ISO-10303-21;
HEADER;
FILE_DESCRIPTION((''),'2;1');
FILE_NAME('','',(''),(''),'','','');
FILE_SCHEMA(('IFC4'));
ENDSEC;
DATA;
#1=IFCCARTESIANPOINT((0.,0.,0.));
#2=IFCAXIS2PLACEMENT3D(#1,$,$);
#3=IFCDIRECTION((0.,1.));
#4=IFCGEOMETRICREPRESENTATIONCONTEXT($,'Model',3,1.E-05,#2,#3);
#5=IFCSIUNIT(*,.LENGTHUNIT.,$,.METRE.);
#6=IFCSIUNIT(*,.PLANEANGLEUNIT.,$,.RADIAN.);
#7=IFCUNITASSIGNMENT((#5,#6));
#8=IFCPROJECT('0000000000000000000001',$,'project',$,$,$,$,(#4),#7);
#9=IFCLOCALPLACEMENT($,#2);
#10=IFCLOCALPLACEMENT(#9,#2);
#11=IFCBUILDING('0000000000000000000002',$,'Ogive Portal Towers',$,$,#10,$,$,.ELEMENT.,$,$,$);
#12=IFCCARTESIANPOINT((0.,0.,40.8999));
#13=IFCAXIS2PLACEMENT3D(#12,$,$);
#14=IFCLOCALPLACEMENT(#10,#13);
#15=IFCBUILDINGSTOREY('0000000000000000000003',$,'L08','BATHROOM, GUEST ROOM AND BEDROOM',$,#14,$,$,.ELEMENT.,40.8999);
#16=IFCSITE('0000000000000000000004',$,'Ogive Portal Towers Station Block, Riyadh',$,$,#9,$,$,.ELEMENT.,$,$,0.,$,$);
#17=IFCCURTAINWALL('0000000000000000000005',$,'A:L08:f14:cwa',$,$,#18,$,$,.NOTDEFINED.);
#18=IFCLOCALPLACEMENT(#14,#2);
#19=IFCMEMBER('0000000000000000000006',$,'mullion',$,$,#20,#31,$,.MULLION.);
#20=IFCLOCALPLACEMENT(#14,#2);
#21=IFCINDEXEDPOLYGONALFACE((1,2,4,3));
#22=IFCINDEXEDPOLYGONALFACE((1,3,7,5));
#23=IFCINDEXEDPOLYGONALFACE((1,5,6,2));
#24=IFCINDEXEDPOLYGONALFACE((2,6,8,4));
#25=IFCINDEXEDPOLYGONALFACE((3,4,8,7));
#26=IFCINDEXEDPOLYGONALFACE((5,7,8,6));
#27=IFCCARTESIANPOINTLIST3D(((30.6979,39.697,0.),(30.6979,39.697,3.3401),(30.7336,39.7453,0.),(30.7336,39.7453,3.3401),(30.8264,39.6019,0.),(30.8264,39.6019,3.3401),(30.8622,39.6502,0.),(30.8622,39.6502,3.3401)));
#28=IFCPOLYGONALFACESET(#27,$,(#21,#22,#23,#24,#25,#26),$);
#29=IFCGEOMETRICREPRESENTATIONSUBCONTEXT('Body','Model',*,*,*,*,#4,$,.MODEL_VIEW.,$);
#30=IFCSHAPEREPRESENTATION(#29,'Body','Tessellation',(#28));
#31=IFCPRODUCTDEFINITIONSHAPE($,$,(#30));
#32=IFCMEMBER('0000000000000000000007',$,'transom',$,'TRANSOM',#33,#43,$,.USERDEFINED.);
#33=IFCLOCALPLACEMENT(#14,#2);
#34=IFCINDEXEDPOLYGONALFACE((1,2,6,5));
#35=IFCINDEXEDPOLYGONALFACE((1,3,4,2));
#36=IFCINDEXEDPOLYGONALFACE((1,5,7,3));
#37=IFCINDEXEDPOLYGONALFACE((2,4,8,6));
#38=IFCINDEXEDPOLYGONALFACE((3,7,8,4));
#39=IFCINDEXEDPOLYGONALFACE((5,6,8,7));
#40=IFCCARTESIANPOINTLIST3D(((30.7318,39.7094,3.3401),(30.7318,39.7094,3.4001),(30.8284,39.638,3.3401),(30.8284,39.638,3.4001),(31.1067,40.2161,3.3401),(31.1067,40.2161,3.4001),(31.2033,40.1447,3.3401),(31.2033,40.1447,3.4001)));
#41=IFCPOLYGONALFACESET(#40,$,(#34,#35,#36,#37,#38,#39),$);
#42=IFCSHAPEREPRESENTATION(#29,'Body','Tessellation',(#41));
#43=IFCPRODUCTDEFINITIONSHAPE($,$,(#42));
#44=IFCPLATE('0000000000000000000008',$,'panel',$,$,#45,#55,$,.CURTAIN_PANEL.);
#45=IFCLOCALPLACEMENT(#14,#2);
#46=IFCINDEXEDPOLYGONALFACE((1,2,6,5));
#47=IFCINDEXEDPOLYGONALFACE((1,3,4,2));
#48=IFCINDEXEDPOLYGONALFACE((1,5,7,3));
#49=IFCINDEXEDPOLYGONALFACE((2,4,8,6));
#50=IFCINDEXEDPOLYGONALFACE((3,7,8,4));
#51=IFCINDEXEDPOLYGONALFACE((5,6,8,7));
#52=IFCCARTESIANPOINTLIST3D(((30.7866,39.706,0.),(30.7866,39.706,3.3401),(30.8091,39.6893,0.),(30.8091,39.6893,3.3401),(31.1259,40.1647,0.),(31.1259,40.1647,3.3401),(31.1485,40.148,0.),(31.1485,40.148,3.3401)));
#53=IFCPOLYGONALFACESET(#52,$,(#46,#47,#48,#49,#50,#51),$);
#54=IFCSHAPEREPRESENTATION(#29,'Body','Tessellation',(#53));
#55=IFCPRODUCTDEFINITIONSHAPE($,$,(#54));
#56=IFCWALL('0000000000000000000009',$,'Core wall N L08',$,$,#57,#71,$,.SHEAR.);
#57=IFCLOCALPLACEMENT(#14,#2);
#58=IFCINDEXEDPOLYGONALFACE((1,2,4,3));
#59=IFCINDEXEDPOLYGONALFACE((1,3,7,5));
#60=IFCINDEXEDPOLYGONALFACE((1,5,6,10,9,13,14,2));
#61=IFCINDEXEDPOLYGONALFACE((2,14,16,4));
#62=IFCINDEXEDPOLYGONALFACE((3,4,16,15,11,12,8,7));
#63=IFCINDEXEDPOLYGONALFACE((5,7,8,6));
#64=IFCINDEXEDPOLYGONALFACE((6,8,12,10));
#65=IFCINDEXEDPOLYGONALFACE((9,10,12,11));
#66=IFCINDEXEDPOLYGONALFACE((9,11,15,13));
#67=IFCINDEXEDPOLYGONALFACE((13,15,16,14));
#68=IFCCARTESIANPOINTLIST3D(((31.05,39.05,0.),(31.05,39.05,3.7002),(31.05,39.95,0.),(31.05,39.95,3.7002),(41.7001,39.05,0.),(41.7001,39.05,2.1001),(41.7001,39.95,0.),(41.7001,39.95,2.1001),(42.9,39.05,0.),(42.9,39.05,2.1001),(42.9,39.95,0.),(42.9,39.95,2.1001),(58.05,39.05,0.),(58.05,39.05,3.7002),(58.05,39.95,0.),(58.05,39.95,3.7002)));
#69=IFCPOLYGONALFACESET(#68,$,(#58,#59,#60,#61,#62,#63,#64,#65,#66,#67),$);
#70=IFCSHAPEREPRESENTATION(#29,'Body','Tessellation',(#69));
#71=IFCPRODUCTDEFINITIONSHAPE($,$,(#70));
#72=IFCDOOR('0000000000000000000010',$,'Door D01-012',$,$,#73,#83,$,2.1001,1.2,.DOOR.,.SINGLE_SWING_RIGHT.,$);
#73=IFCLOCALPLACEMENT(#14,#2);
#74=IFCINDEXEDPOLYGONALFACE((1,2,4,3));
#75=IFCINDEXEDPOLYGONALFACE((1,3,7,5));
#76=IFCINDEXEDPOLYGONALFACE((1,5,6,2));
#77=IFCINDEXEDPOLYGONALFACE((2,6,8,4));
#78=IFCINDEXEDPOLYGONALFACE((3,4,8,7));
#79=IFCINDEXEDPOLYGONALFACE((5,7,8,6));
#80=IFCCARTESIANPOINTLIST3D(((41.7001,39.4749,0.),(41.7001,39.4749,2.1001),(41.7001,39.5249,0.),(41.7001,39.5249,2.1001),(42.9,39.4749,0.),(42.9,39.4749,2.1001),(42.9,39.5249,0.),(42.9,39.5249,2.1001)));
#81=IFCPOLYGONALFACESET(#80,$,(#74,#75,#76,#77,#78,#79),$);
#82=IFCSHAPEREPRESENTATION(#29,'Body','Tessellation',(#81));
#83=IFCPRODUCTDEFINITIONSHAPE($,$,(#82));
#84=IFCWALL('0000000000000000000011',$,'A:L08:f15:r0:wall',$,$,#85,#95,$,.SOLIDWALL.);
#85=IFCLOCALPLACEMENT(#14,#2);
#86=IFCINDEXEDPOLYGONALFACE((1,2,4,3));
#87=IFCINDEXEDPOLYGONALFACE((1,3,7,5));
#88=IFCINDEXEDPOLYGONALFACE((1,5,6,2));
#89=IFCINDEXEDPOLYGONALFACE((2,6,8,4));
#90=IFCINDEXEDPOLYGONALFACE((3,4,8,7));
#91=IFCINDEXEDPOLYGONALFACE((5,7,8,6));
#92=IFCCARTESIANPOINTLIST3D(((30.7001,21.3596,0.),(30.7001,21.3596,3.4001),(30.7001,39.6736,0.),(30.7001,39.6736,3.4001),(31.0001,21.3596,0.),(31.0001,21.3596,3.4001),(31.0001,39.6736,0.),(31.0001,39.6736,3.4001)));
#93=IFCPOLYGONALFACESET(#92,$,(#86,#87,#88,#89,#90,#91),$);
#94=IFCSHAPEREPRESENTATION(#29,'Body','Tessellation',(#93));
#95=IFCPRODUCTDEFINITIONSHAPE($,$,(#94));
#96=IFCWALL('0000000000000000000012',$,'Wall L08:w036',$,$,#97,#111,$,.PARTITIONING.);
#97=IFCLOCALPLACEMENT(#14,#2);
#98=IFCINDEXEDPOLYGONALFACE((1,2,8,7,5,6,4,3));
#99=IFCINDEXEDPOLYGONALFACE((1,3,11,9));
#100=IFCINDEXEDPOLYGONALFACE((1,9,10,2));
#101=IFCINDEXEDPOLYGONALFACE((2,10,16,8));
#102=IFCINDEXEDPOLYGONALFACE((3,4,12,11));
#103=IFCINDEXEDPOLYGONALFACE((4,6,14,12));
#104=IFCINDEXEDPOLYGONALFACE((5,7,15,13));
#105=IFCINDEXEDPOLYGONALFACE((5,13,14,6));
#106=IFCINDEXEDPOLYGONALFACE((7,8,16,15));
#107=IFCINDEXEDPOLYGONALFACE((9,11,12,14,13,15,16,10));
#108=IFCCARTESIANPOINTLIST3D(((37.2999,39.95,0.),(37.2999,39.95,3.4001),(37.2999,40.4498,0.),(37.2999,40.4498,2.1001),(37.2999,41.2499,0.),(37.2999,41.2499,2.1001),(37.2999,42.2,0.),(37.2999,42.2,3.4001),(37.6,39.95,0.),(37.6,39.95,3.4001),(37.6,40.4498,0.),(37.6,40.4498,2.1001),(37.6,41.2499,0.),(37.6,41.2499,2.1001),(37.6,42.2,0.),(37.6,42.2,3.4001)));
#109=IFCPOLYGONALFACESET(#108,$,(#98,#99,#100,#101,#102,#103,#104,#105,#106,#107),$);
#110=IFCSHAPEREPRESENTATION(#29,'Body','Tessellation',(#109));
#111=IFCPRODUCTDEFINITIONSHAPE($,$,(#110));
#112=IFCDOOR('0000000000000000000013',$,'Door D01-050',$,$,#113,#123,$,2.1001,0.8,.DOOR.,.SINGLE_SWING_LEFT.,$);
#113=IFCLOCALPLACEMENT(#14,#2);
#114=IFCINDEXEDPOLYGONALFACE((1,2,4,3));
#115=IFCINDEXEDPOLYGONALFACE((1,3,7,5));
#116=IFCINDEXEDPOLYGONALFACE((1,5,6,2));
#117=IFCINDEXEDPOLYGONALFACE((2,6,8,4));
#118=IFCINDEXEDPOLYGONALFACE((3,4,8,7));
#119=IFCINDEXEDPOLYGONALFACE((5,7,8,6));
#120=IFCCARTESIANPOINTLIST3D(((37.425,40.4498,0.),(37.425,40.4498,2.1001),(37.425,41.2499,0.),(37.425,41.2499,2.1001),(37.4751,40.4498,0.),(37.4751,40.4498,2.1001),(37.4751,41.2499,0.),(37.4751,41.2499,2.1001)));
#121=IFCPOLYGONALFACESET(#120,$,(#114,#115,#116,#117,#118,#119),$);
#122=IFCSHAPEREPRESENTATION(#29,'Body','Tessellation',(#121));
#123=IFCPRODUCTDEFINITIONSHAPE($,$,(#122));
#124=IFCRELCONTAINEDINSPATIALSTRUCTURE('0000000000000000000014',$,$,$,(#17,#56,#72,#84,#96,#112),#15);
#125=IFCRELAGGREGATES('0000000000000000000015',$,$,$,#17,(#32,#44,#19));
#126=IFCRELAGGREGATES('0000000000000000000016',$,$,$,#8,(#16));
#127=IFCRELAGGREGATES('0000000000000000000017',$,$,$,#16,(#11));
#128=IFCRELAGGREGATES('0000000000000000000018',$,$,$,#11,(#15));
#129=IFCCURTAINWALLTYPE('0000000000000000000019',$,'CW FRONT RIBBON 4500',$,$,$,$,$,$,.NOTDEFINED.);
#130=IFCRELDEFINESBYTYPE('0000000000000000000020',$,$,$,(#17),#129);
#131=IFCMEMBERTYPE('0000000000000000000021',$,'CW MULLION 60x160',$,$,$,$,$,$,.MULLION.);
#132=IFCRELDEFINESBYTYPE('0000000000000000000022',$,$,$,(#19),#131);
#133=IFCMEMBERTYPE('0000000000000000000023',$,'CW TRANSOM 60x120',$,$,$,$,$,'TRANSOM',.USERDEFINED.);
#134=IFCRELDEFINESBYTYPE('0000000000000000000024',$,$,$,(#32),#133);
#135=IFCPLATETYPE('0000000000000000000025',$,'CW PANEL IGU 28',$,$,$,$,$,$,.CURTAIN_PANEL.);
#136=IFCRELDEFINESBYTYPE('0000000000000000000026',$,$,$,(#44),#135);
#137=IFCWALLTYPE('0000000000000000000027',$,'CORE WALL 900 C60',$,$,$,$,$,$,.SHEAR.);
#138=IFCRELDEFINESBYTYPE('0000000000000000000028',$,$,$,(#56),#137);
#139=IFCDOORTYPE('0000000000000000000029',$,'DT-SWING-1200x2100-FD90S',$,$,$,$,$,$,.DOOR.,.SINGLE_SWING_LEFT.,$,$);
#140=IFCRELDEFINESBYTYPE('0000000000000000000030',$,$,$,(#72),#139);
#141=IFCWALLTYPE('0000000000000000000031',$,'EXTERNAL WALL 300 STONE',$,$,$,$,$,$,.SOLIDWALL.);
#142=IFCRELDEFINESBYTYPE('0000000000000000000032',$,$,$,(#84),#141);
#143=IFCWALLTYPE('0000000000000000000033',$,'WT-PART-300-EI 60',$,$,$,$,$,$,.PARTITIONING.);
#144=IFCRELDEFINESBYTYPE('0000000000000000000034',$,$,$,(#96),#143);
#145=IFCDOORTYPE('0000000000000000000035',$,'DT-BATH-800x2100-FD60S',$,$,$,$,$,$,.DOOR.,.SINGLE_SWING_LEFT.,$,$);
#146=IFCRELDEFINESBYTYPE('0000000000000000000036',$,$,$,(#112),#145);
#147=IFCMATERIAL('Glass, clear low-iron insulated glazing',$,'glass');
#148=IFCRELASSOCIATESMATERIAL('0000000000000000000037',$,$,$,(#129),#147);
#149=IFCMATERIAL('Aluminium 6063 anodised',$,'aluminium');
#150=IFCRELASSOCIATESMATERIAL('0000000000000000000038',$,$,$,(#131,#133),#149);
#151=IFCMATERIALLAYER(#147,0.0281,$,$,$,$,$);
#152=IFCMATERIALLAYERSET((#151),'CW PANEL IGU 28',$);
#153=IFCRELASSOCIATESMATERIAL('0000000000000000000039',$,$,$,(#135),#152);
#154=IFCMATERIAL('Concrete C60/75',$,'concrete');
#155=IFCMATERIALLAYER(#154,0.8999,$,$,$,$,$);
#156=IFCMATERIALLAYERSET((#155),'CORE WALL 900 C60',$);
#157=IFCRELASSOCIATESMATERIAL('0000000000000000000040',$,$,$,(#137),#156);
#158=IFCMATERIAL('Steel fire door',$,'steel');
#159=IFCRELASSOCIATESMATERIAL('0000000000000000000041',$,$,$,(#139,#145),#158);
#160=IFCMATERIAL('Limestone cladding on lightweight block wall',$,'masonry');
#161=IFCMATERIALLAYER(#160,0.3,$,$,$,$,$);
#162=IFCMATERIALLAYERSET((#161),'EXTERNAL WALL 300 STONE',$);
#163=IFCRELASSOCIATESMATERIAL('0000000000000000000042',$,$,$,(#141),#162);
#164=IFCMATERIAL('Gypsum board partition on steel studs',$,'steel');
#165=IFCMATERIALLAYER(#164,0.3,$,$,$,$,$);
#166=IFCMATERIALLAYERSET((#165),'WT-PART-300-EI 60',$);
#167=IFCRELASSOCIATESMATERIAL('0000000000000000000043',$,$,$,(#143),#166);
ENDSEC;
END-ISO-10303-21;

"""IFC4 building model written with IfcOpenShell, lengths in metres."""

from ifc_helpers import new_model, si_unit, direction, frame, frame_2d, origin, origin_2d, place, context, subcontext, project, spatial, rectangle, extrude, material, layer, layer_set, material_profile, profile_set, type_object, element, fill, aggregate, save


model = new_model("IFC4")

# Units and contexts
model_context = context("Model", 3, precision=1e-05, world=origin(), true_north=direction((0.0, 1.0)))
body_context = subcontext(model_context, "Body", "Model", "MODEL_VIEW")
ifc_project = project(units=[si_unit("LENGTHUNIT", "METRE"), si_unit("PLANEANGLEUNIT", "RADIAN")], contexts=[model_context])

# Site, building, storey
site_placement = place(None, origin())
site = spatial("IfcSite", under=ifc_project, at=site_placement, Name="Ogive Portal Towers Station Block, Riyadh", CompositionType="ELEMENT", RefElevation=0.0)
building_placement = place(site_placement, origin())
building = spatial("IfcBuilding", under=site, at=building_placement, Name="Ogive Portal Towers", CompositionType="ELEMENT")
storey_placement = place(building_placement, frame((0.0, 0.0, 40.8999)))
storey = spatial("IfcBuildingStorey", under=building, at=storey_placement, Name="L08", Description="BATHROOM, GUEST ROOM AND BEDROOM", CompositionType="ELEMENT", Elevation=40.8999)

# Curtain wall, members, plate
ifc_material_1 = material(Name="Glass, clear low-iron insulated glazing", Category="glass")
curtain_wall_type = type_object("IfcCurtainWallType", Name="CW FRONT RIBBON 4500", PredefinedType="NOTDEFINED", material=ifc_material_1)
curtain_wall_placement = place(storey_placement, origin())
curtain_wall = element("IfcCurtainWall", 1, at=curtain_wall_placement, inside=storey, type_object=curtain_wall_type, Name="A:L08:f14:cwa", PredefinedType="NOTDEFINED")
ifc_material_2 = material(Name="Aluminium 6063 anodised", Category="aluminium")
ifc_material_profile_1 = material_profile(ifc_material_2, rectangle(XDim=0.1599, YDim=0.0601, at=origin_2d()), Name="AL 60x160")
ifc_profile_set_1 = profile_set([ifc_material_profile_1], Name="Aluminium 6063 anodised")
member_type_1 = type_object("IfcMemberType", Name="CW MULLION 60x160", PredefinedType="MULLION", material=ifc_profile_set_1)
member_1_placement = place(storey_placement, frame((30.78, 39.6736, 0.0), z_axis=(0.0, 0.0, 1.0), x_axis=(0.803867, -0.594809, 0.0)))
member_1 = element("IfcMember", 2, at=member_1_placement, type_object=member_type_1, Name="mullion", PredefinedType="MULLION", context=body_context, shape_type="SweptSolid", body=[
    extrude(rectangle(XDim=0.1599, YDim=0.0601, at=origin_2d()), origin(), (0.0, 0.0, 1.0), 3.3401),
])
ifc_material_profile_2 = material_profile(ifc_material_2, rectangle(XDim=0.1201, YDim=0.0601, at=origin_2d()), Name="AL 120x60")
ifc_profile_set_2 = profile_set([ifc_material_profile_2], Name="Aluminium 6063 anodised")
member_type_2 = type_object("IfcMemberType", Name="CW TRANSOM 60x120", ElementType="TRANSOM", PredefinedType="USERDEFINED", material=ifc_profile_set_2)
member_2_placement = place(storey_placement, frame((31.155, 40.1804, 3.3701), z_axis=(-0.594783, -0.803886, 0.0), x_axis=(0.803886, -0.594783, 0.0)))
member_2 = element("IfcMember", 3, at=member_2_placement, type_object=member_type_2, Name="transom", ObjectType="TRANSOM", PredefinedType="USERDEFINED", context=body_context, shape_type="SweptSolid", body=[
    extrude(rectangle(XDim=0.1201, YDim=0.0601, at=origin_2d()), origin(), (0.0, 0.0, 1.0), 0.6304),
])
ifc_layer_1 = layer(ifc_material_1, 0.0281)
ifc_layer_set_1 = layer_set([ifc_layer_1], Name="CW PANEL IGU 28")
plate_type = type_object("IfcPlateType", Name="CW PANEL IGU 28", PredefinedType="CURTAIN_PANEL", material=ifc_layer_set_1)
plate_placement = place(storey_placement, frame((30.9675, 39.927, 0.0), z_axis=(0.0, 0.0, 1.0), x_axis=(-0.594809, -0.803867, 0.0)))
plate = element("IfcPlate", 4, at=plate_placement, type_object=plate_type, Name="panel", PredefinedType="CURTAIN_PANEL", context=body_context, shape_type="SweptSolid", body=[
    extrude(rectangle(XDim=0.5706, YDim=0.0281, at=origin_2d()), origin(), (0.0, 0.0, 1.0), 3.3401),
])
aggregate(curtain_wall, [member_2, plate, member_1])

# Wall, opening, door
ifc_material_3 = material(Name="Concrete C60/75", Category="concrete")
ifc_layer_2 = layer(ifc_material_3, 0.8999)
ifc_layer_set_2 = layer_set([ifc_layer_2], Name="CORE WALL 900 C60")
wall_type_1 = type_object("IfcWallType", Name="CORE WALL 900 C60", PredefinedType="SHEAR", material=ifc_layer_set_2)
wall_1_placement = place(storey_placement, frame((31.05, 39.5, 0.0), z_axis=(0.0, 0.0, 1.0), x_axis=(1.0, 0.0, 0.0)))
wall_1 = element("IfcWall", 5, at=wall_1_placement, inside=storey, type_object=wall_type_1, Name="Core wall N L08", PredefinedType="SHEAR", context=body_context, shape_type="SweptSolid", body=[
    extrude(rectangle(XDim=27.0, YDim=0.8999, at=frame_2d((13.5, 0.0))), origin(), (0.0, 0.0, 1.0), 3.7002),
])
opening_1_placement = place(wall_1_placement, frame((10.6499, 0.0, 0.0)))
opening_1 = element("IfcOpeningElement", 6, at=opening_1_placement, cuts=wall_1, PredefinedType="OPENING", context=body_context, shape_type="SweptSolid", body=[
    extrude(rectangle(XDim=1.2, YDim=2.1001, at=frame_2d((0.6001, 1.05))), frame((0.0, 0.46, 0.0), z_axis=(0.0, -1.0, 0.0), x_axis=(1.0, 0.0, 0.0)), (0.0, 0.0, 1.0), 0.9199),
])
ifc_material_4 = material(Name="Steel fire door", Category="steel")
door_type_1 = type_object("IfcDoorType", Name="DT-SWING-1200x2100-FD90S", OperationType="SINGLE_SWING_LEFT", PredefinedType="DOOR", material=ifc_material_4)
door_1_placement = place(opening_1_placement, origin())
door_1 = element("IfcDoor", 7, at=door_1_placement, inside=storey, type_object=door_type_1, Name="Door D01-012", OperationType="SINGLE_SWING_RIGHT", OverallHeight=2.1001, OverallWidth=1.2, PredefinedType="DOOR", context=body_context, shape_type="SweptSolid", body=[
    extrude(rectangle(XDim=1.2, YDim=2.1001, at=frame_2d((0.6001, 1.05))), frame((0.0, 0.0249, 0.0), z_axis=(0.0, -1.0, 0.0), x_axis=(1.0, 0.0, 0.0)), (0.0, 0.0, 1.0), 0.05),
])
fill(opening_1, door_1)

# Wall
ifc_material_5 = material(Name="Limestone cladding on lightweight block wall", Category="masonry")
ifc_layer_3 = layer(ifc_material_5, 0.3)
ifc_layer_set_3 = layer_set([ifc_layer_3], Name="EXTERNAL WALL 300 STONE")
wall_type_2 = type_object("IfcWallType", Name="EXTERNAL WALL 300 STONE", PredefinedType="SOLIDWALL", material=ifc_layer_set_3)
wall_2_placement = place(storey_placement, frame((30.8501, 39.6736, 0.0), z_axis=(0.0, 0.0, 1.0), x_axis=(0.0, -1.0, 0.0)))
element("IfcWall", 8, at=wall_2_placement, inside=storey, type_object=wall_type_2, Name="A:L08:f15:r0:wall", PredefinedType="SOLIDWALL", context=body_context, shape_type="SweptSolid", body=[
    extrude(rectangle(XDim=18.314, YDim=0.3, at=frame_2d((9.157, 0.0))), origin(), (0.0, 0.0, 1.0), 3.4001),
])

# Wall, opening, door
ifc_material_6 = material(Name="Gypsum board partition on steel studs", Category="steel")
ifc_layer_4 = layer(ifc_material_6, 0.3)
ifc_layer_set_4 = layer_set([ifc_layer_4], Name="WT-PART-300-EI 60")
wall_type_3 = type_object("IfcWallType", Name="WT-PART-300-EI 60", PredefinedType="PARTITIONING", material=ifc_layer_set_4)
wall_3_placement = place(storey_placement, frame((37.45, 39.95, 0.0), z_axis=(0.0, 0.0, 1.0), x_axis=(0.0, 1.0, 0.0)))
wall_3 = element("IfcWall", 9, at=wall_3_placement, inside=storey, type_object=wall_type_3, Name="Wall L08:w036", PredefinedType="PARTITIONING", context=body_context, shape_type="SweptSolid", body=[
    extrude(rectangle(XDim=2.25, YDim=0.3, at=frame_2d((1.125, 0.0))), origin(), (0.0, 0.0, 1.0), 3.4001),
])
opening_2_placement = place(wall_3_placement, frame((0.5, 0.0, 0.0)))
opening_2 = element("IfcOpeningElement", 10, at=opening_2_placement, cuts=wall_3, PredefinedType="OPENING", context=body_context, shape_type="SweptSolid", body=[
    extrude(rectangle(XDim=0.8, YDim=2.1001, at=frame_2d((0.3999, 1.05))), frame((0.0, 0.1602, 0.0), z_axis=(0.0, -1.0, 0.0), x_axis=(1.0, 0.0, 0.0)), (0.0, 0.0, 1.0), 0.3201),
])
door_type_2 = type_object("IfcDoorType", Name="DT-BATH-800x2100-FD60S", OperationType="SINGLE_SWING_LEFT", PredefinedType="DOOR", material=ifc_material_4)
door_2_placement = place(opening_2_placement, origin())
door_2 = element("IfcDoor", 11, at=door_2_placement, inside=storey, type_object=door_type_2, Name="Door D01-050", OperationType="SINGLE_SWING_LEFT", OverallHeight=2.1001, OverallWidth=0.8, PredefinedType="DOOR", context=body_context, shape_type="SweptSolid", body=[
    extrude(rectangle(XDim=0.8, YDim=2.1001, at=frame_2d((0.3999, 1.05))), frame((0.0, 0.0249, 0.0), z_axis=(0.0, -1.0, 0.0), x_axis=(1.0, 0.0, 0.0)), (0.0, 0.0, 1.0), 0.05),
])
fill(opening_2, door_2)

save(model, "model.ifc")
